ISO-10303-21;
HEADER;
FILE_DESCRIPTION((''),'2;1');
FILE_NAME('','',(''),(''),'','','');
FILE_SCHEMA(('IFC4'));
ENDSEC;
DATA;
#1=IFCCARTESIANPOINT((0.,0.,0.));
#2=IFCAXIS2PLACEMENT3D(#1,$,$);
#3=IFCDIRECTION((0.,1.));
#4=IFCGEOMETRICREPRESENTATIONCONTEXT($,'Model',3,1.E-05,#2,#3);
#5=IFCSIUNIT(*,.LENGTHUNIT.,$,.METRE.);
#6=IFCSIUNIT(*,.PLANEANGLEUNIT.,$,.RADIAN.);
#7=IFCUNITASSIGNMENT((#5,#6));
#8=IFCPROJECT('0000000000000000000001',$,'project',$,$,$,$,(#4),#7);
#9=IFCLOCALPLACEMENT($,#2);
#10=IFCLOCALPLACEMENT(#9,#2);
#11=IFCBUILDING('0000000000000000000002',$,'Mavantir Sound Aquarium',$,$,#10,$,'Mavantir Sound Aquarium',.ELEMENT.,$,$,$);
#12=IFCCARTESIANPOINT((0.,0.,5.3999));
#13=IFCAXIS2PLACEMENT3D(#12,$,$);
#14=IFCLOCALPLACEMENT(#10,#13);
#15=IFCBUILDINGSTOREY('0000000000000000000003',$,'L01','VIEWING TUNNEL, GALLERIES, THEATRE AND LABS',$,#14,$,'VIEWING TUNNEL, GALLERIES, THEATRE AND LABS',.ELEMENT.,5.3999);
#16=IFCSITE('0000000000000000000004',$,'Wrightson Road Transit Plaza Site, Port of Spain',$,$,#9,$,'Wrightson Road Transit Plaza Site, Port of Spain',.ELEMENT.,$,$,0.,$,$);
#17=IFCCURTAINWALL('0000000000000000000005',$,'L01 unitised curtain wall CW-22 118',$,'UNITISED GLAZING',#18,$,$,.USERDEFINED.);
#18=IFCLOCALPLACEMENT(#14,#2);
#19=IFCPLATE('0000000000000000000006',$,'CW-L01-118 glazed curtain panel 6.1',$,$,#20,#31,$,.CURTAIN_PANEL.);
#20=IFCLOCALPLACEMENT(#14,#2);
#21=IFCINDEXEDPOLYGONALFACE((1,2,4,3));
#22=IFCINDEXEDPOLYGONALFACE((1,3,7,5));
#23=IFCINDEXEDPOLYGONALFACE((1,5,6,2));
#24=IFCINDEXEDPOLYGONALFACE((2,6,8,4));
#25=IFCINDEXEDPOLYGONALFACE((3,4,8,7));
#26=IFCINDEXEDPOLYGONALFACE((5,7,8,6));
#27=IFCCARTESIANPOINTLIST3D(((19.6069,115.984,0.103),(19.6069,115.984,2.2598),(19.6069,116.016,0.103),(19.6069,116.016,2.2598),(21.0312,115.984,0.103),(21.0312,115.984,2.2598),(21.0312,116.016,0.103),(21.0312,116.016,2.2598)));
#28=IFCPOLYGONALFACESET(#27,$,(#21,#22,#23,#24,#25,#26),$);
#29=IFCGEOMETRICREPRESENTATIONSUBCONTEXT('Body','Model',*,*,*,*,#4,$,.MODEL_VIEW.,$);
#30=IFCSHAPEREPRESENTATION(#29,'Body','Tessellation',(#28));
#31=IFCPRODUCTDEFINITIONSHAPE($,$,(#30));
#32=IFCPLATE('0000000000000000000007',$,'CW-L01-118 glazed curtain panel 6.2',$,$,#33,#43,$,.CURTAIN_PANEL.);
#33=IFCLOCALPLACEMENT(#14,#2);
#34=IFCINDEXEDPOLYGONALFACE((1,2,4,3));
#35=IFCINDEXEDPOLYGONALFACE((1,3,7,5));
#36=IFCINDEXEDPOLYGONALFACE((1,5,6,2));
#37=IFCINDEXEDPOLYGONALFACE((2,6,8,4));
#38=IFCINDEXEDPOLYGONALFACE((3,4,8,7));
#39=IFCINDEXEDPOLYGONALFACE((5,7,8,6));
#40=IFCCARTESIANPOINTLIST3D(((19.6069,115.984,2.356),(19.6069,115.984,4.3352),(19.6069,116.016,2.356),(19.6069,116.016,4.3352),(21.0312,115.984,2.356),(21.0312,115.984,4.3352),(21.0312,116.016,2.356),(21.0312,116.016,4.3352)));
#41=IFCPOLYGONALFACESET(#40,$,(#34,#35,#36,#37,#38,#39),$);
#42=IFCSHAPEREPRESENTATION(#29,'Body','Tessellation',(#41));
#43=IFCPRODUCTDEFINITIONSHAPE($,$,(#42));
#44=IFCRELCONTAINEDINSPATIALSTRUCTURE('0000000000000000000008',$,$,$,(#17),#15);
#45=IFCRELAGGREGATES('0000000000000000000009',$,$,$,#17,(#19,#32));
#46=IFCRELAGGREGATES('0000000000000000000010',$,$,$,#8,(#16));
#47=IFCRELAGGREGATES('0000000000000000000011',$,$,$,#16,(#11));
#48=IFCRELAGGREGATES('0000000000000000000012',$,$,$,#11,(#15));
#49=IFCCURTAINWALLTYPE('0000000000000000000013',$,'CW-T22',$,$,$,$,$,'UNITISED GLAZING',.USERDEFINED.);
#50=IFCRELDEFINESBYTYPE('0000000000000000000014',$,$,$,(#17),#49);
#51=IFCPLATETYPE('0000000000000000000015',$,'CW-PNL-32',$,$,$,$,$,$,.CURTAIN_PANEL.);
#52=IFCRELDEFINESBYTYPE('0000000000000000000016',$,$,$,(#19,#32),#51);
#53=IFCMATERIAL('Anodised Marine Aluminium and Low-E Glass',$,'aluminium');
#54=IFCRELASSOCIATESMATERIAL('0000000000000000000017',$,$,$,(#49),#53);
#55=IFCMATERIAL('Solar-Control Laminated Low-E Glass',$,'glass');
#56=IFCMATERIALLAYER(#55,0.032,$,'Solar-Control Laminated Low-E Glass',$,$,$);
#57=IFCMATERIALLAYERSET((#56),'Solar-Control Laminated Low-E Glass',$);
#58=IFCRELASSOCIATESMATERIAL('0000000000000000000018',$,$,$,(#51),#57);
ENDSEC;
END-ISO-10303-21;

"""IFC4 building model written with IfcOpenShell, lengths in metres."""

from ifc_helpers import new_model, si_unit, direction, frame, origin, origin_2d, place, context, subcontext, project, spatial, rectangle, extrude, material, layer, layer_set, type_object, element, aggregate, save


model = new_model("IFC4")

# Units and contexts
model_context = context("Model", 3, precision=1e-05, world=origin(), true_north=direction((0.0, 1.0)))
body_context = subcontext(model_context, "Body", "Model", "MODEL_VIEW")
ifc_project = project(units=[si_unit("LENGTHUNIT", "METRE"), si_unit("PLANEANGLEUNIT", "RADIAN")], contexts=[model_context])

# Site, building, storey
site_placement = place(None, origin())
site = spatial("IfcSite", under=ifc_project, at=site_placement, Name="Wrightson Road Transit Plaza Site, Port of Spain", LongName="Wrightson Road Transit Plaza Site, Port of Spain", CompositionType="ELEMENT", RefElevation=0.0)
building_placement = place(site_placement, origin())
building = spatial("IfcBuilding", under=site, at=building_placement, Name="Mavantir Sound Aquarium", LongName="Mavantir Sound Aquarium", CompositionType="ELEMENT")
storey_placement = place(building_placement, frame((0.0, 0.0, 5.3999)))
storey = spatial("IfcBuildingStorey", under=building, at=storey_placement, Name="L01", Description="VIEWING TUNNEL, GALLERIES, THEATRE AND LABS", LongName="VIEWING TUNNEL, GALLERIES, THEATRE AND LABS", CompositionType="ELEMENT", Elevation=5.3999)

# Curtain wall
ifc_material_1 = material(Name="Anodised Marine Aluminium and Low-E Glass", Category="aluminium")
curtain_wall_type_1 = type_object("IfcCurtainWallType", Name="CW-T22", ElementType="UNITISED GLAZING", PredefinedType="USERDEFINED", material=ifc_material_1)
curtain_wall_1_placement = place(storey_placement, origin())
curtain_wall_1 = element("IfcCurtainWall", 1, at=curtain_wall_1_placement, inside=storey, type_object=curtain_wall_type_1, Name="L01 unitised curtain wall CW-22 118", ObjectType="UNITISED GLAZING", PredefinedType="USERDEFINED")

# Plates
ifc_material_2 = material(Name="Solar-Control Laminated Low-E Glass", Category="glass")
ifc_layer_1 = layer(ifc_material_2, 0.032, Name="Solar-Control Laminated Low-E Glass")
ifc_layer_set_1 = layer_set([ifc_layer_1], Name="Solar-Control Laminated Low-E Glass")
plate_type_1 = type_object("IfcPlateType", Name="CW-PNL-32", PredefinedType="CURTAIN_PANEL", material=ifc_layer_set_1)
plate_1_placement = place(storey_placement, frame((20.3191, 116.0, 0.103), z_axis=(0.0, 0.0, 1.0), x_axis=(-1.0, 0.0, 0.0)))
plate_1 = element("IfcPlate", 2, at=plate_1_placement, type_object=plate_type_1, Name="CW-L01-118 glazed curtain panel 6.1", PredefinedType="CURTAIN_PANEL", context=body_context, shape_type="SweptSolid", body=[
    extrude(rectangle(XDim=1.4243, YDim=0.032, at=origin_2d()), origin(), (0.0, 0.0, 1.0), 2.1567),
])
plate_2_placement = place(storey_placement, frame((20.3191, 116.0, 2.356), z_axis=(0.0, 0.0, 1.0), x_axis=(-1.0, 0.0, 0.0)))
plate_2 = element("IfcPlate", 3, at=plate_2_placement, type_object=plate_type_1, Name="CW-L01-118 glazed curtain panel 6.2", PredefinedType="CURTAIN_PANEL", context=body_context, shape_type="SweptSolid", body=[
    extrude(rectangle(XDim=1.4243, YDim=0.032, at=origin_2d()), origin(), (0.0, 0.0, 1.0), 1.9792),
])
aggregate(curtain_wall_1, [plate_1, plate_2])

save(model, "model.ifc")
